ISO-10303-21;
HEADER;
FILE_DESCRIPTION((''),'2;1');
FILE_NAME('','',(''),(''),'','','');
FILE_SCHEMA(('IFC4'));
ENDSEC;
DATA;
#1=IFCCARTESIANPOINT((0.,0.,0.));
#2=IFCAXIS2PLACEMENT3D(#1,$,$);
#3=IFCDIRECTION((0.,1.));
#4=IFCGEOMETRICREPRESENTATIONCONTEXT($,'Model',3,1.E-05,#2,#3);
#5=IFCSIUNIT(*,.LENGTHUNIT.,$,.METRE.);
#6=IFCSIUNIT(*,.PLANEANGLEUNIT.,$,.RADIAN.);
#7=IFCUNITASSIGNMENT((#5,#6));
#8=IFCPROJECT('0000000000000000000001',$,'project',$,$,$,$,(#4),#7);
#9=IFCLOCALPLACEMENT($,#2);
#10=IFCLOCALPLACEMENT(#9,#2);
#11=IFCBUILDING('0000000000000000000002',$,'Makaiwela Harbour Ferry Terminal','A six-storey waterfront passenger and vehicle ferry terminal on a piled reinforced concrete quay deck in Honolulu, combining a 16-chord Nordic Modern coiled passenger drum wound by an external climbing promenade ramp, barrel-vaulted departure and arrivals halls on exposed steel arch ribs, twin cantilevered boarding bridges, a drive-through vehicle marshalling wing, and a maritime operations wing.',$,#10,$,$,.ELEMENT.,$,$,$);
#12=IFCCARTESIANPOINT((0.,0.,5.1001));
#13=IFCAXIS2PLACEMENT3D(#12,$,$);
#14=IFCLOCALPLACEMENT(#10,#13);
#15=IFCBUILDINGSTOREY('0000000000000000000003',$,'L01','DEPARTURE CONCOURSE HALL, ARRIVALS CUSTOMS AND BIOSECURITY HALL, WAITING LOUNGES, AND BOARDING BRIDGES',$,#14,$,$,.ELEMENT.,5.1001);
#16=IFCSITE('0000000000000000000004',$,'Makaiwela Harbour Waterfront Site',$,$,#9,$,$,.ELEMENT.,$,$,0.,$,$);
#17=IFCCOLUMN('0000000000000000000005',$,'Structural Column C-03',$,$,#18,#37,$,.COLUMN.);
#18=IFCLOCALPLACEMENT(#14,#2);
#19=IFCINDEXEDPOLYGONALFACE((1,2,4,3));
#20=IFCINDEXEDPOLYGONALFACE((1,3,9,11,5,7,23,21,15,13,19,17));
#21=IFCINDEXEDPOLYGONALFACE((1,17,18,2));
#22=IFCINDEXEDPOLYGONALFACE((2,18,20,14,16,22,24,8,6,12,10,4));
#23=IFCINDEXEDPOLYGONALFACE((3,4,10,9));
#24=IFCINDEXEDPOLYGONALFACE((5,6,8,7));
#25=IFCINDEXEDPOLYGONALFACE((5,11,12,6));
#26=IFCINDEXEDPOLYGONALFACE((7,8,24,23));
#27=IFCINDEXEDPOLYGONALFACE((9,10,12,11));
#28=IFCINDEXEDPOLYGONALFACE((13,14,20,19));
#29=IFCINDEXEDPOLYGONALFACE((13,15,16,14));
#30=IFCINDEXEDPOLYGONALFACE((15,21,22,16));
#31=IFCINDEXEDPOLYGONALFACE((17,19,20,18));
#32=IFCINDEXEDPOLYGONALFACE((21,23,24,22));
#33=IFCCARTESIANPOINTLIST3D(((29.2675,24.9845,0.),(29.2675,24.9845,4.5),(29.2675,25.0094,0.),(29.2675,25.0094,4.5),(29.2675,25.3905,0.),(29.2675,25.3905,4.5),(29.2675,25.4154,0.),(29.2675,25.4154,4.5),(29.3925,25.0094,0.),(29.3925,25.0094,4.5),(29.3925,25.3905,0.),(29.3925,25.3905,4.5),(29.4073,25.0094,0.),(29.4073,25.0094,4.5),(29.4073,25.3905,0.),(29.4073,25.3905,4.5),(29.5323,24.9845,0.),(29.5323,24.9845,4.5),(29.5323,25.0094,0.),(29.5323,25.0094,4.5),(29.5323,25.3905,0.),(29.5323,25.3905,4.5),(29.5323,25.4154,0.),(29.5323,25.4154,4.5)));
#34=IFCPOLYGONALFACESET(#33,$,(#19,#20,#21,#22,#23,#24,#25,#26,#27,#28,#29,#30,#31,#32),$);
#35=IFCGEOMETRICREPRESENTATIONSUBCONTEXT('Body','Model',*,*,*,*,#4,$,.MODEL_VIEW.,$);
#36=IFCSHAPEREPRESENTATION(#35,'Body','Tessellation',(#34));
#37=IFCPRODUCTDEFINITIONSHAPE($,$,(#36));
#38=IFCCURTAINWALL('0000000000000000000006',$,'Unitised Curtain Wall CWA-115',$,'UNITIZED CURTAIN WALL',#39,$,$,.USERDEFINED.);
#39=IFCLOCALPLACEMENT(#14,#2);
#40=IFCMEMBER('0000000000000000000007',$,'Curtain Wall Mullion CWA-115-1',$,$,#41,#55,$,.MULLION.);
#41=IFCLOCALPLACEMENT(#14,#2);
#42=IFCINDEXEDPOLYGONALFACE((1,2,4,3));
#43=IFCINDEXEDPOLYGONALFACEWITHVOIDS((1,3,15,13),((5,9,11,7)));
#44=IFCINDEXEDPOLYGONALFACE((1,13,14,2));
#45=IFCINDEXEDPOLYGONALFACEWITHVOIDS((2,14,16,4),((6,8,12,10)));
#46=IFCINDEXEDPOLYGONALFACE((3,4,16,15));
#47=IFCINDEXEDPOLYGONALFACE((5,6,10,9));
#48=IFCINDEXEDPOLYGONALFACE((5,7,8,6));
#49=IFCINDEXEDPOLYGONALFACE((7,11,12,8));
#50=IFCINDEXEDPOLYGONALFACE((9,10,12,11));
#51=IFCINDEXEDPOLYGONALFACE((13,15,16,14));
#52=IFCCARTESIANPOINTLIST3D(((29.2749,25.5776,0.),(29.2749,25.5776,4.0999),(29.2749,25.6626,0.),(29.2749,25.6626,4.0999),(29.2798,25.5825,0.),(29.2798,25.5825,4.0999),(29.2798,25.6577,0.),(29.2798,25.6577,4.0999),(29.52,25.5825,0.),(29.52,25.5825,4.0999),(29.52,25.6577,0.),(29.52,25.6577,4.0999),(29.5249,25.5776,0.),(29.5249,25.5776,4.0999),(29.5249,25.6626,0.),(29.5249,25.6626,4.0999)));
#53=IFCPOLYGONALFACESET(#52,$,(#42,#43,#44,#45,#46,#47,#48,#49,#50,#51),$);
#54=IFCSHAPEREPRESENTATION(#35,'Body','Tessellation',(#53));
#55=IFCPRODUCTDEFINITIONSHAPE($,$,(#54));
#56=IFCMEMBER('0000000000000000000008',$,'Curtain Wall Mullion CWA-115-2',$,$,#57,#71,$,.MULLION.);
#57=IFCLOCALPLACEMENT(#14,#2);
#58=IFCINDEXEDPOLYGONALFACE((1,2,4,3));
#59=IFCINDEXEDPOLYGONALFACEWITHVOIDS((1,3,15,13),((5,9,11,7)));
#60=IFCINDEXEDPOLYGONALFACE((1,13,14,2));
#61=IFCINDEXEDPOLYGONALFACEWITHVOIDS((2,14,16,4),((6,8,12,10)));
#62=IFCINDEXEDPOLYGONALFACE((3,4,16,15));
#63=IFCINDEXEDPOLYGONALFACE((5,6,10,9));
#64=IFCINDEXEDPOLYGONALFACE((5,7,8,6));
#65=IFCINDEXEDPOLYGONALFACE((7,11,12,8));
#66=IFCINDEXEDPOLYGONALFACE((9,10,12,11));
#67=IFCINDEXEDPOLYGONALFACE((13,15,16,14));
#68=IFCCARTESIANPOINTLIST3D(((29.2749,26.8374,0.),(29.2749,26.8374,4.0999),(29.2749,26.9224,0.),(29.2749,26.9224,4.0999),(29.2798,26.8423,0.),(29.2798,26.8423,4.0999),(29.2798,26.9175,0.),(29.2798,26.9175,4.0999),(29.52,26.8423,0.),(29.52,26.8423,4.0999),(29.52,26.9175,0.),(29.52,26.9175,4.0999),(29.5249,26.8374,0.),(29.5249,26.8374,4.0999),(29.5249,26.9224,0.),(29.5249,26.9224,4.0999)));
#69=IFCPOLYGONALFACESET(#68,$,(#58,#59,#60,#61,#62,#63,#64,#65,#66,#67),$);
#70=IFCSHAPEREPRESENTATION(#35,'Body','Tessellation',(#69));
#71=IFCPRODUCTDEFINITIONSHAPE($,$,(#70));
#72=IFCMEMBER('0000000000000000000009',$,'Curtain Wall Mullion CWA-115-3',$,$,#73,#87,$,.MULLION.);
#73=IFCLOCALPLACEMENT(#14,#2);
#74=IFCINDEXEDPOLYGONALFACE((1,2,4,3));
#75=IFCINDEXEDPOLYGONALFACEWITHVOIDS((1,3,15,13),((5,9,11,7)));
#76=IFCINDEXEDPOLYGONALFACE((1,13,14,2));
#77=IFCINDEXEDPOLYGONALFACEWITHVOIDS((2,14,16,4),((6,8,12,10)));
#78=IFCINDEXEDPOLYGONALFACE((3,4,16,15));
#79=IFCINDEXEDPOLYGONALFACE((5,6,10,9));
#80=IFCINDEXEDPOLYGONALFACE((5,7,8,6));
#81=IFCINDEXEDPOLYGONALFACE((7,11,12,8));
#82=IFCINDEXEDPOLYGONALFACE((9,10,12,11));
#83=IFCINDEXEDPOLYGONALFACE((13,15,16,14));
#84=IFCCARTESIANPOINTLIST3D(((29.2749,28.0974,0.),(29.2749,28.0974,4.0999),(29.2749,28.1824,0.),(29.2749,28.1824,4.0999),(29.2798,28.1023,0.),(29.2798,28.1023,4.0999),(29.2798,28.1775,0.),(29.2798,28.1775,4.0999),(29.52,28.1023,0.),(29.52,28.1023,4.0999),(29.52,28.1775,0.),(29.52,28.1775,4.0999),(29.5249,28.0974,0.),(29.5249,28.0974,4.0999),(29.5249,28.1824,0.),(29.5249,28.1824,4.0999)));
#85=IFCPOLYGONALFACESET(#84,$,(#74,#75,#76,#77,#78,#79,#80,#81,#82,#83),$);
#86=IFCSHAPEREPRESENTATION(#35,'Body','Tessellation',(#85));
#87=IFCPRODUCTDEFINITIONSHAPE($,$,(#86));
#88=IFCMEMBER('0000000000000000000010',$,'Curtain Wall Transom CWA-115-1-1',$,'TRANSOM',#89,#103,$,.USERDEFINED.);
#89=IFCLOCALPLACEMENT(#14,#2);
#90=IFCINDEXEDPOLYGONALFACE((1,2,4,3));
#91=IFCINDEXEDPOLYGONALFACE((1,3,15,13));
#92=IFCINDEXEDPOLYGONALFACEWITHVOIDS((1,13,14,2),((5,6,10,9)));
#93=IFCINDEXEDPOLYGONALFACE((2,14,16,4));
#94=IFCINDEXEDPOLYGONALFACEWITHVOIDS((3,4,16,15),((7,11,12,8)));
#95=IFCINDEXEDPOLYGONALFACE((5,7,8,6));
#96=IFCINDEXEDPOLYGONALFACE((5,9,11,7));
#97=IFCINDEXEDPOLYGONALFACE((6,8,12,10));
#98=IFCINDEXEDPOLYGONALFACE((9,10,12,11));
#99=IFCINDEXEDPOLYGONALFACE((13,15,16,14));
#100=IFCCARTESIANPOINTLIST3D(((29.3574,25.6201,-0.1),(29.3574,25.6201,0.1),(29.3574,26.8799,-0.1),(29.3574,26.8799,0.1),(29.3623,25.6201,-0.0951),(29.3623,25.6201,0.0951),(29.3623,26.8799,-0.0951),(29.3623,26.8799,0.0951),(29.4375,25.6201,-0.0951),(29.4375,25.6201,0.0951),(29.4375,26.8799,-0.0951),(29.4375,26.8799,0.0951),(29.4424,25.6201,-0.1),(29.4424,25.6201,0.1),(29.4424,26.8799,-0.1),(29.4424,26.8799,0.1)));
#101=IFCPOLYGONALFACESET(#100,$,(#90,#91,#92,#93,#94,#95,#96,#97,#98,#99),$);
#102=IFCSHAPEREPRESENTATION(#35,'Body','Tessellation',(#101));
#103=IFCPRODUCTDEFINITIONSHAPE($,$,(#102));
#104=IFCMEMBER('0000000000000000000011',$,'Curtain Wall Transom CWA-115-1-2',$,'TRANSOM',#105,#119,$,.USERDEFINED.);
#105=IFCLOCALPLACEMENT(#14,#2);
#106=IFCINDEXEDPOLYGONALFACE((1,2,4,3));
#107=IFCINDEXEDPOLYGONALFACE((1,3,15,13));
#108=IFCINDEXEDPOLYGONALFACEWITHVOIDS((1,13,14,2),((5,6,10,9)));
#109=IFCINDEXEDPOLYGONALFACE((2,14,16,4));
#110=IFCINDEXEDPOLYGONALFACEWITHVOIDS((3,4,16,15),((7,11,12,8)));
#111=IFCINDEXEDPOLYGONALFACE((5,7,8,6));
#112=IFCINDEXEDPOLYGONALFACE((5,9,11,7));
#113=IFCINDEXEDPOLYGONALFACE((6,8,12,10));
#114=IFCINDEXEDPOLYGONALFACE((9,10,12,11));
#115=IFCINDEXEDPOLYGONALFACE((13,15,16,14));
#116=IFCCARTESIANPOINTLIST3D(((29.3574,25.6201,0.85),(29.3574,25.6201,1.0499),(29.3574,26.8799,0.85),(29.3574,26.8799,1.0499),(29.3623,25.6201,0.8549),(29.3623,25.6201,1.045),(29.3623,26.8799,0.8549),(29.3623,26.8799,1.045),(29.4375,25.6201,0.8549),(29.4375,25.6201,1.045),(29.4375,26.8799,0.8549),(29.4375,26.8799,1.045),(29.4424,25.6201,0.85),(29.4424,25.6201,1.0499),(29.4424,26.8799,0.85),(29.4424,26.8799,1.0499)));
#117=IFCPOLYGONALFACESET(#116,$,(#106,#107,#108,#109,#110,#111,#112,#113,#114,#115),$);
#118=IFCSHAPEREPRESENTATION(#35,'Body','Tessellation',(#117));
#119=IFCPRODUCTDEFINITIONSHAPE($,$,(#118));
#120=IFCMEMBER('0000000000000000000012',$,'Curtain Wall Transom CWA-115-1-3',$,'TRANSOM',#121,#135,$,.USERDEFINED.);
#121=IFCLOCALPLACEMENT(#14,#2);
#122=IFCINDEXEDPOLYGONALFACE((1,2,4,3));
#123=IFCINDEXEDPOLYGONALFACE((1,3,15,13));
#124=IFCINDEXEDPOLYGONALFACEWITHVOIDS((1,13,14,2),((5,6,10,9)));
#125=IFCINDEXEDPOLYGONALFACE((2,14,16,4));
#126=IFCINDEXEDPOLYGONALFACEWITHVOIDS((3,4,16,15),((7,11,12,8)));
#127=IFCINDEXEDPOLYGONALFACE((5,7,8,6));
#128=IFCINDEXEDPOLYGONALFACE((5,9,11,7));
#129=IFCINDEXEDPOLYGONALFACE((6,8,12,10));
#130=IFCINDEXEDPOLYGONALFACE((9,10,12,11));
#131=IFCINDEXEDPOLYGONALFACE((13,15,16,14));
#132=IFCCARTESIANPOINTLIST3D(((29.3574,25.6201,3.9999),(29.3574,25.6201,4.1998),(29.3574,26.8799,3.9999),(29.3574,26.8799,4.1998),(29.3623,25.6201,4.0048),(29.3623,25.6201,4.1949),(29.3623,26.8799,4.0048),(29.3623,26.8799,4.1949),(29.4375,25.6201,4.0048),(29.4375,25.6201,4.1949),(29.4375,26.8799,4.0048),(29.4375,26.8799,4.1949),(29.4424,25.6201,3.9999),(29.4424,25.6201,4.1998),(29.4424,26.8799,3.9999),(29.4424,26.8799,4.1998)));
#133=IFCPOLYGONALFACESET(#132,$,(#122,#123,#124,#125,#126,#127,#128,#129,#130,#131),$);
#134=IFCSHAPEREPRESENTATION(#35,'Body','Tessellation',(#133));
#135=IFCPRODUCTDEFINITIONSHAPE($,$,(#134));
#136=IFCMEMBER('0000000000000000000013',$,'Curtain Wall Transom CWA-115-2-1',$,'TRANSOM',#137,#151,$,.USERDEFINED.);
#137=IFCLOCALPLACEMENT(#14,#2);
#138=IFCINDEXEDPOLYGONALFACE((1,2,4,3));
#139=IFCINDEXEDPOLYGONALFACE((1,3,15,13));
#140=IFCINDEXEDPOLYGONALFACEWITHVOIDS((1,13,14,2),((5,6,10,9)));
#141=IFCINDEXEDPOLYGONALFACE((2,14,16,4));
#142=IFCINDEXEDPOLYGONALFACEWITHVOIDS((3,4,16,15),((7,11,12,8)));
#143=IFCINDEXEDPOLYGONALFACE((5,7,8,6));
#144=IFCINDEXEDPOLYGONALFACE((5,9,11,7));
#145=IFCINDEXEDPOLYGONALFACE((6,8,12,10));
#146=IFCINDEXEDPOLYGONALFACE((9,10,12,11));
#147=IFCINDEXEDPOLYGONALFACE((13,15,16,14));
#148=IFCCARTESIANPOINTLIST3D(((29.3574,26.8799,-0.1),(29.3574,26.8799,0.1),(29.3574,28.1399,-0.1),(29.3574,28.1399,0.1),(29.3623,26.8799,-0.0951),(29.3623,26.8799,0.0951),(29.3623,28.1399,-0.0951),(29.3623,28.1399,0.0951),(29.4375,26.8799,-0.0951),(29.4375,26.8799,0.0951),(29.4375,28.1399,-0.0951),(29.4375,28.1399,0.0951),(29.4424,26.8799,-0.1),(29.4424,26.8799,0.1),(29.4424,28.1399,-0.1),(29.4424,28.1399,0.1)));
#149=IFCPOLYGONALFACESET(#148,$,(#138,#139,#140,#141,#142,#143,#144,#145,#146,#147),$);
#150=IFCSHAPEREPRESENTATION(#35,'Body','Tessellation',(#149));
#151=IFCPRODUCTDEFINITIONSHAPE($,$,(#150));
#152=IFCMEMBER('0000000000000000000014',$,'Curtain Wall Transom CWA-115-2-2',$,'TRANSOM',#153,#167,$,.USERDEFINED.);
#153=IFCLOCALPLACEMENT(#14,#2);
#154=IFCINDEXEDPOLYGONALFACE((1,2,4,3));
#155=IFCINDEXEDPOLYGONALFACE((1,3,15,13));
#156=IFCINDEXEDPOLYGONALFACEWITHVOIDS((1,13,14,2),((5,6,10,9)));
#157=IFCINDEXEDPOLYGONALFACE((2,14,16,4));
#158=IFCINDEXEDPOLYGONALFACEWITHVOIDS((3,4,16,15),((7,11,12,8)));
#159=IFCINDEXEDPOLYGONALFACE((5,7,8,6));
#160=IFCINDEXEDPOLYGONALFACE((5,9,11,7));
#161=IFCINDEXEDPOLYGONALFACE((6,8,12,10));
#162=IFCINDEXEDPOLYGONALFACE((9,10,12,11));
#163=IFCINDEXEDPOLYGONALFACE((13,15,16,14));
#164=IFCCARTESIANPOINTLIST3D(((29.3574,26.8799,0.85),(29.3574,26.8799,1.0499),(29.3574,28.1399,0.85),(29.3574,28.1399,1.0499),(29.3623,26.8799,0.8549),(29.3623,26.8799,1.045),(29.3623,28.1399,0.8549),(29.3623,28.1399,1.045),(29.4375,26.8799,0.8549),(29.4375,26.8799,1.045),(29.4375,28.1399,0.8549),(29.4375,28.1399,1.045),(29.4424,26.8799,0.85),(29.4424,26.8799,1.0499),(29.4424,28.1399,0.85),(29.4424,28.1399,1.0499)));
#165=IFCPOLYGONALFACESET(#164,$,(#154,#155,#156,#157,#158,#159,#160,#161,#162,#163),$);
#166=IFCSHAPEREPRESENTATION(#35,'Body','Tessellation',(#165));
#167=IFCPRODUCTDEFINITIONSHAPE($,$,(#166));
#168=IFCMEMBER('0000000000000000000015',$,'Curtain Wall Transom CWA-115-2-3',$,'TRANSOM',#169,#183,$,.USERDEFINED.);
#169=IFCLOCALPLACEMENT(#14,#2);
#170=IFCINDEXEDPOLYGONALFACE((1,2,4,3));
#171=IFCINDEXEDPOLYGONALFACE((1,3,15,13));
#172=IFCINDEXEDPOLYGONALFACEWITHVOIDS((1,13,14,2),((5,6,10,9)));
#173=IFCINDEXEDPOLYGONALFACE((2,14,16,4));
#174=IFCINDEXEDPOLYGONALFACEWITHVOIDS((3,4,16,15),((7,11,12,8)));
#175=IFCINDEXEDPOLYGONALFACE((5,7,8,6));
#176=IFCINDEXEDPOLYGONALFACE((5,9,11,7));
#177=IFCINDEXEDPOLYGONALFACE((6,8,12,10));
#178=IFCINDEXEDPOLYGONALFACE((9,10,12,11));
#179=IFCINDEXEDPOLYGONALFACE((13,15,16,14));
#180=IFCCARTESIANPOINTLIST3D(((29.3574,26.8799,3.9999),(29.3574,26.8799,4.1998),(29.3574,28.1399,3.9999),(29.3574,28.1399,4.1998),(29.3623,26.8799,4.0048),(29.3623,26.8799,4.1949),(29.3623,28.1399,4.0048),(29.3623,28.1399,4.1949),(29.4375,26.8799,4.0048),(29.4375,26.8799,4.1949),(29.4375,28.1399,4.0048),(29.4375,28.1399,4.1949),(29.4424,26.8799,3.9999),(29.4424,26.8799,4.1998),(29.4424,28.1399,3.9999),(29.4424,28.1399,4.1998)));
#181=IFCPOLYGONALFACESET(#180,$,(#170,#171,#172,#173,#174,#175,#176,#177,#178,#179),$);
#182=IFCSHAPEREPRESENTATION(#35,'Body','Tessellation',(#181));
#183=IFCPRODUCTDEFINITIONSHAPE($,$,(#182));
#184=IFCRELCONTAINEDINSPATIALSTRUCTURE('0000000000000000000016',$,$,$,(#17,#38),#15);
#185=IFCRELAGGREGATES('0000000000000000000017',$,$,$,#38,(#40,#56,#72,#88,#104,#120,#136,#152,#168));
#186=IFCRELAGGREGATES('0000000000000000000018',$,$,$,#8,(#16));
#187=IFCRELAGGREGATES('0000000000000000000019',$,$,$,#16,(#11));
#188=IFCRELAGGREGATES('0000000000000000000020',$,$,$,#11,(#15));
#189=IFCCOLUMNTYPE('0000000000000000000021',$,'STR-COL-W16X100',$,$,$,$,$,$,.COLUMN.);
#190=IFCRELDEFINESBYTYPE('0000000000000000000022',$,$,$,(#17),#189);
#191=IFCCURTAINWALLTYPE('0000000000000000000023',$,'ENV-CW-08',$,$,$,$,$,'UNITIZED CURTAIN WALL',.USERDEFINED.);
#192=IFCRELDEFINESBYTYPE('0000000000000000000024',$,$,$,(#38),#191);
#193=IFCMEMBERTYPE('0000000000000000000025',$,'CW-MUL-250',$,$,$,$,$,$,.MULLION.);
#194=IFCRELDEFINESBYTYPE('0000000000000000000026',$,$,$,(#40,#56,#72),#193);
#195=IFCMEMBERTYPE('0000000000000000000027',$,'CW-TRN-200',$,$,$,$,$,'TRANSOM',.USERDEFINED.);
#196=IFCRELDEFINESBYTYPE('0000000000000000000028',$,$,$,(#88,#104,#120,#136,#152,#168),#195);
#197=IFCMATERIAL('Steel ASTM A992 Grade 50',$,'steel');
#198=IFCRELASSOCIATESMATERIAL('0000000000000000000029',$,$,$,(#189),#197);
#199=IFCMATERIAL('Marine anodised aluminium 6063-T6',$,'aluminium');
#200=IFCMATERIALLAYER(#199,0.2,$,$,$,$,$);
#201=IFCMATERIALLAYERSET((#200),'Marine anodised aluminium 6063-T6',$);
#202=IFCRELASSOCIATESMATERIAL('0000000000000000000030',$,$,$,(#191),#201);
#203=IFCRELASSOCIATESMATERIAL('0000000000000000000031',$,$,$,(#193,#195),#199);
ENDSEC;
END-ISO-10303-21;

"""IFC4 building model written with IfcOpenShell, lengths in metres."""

from ifc_helpers import new_model, si_unit, direction, frame, origin, origin_2d, place, context, subcontext, project, spatial, hollow_rectangle, i_section, extrude, material, layer, layer_set, material_profile, profile_set, type_object, element, aggregate, save


model = new_model("IFC4")

# Units and contexts
model_context = context("Model", 3, precision=1e-05, world=origin(), true_north=direction((0.0, 1.0)))
body_context = subcontext(model_context, "Body", "Model", "MODEL_VIEW")
ifc_project = project(units=[si_unit("LENGTHUNIT", "METRE"), si_unit("PLANEANGLEUNIT", "RADIAN")], contexts=[model_context])

# Site, building, storey
site_placement = place(None, origin())
site = spatial("IfcSite", under=ifc_project, at=site_placement, Name="Makaiwela Harbour Waterfront Site", CompositionType="ELEMENT", RefElevation=0.0)
building_placement = place(site_placement, origin())
building = spatial("IfcBuilding", under=site, at=building_placement, Name="Makaiwela Harbour Ferry Terminal", Description="A six-storey waterfront passenger and vehicle ferry terminal on a piled reinforced concrete quay deck in Honolulu, combining a 16-chord Nordic Modern coiled passenger drum wound by an external climbing promenade ramp, barrel-vaulted departure and arrivals halls on exposed steel arch ribs, twin cantilevered boarding bridges, a drive-through vehicle marshalling wing, and a maritime operations wing.", CompositionType="ELEMENT")
storey_placement = place(building_placement, frame((0.0, 0.0, 5.1001)))
storey = spatial("IfcBuildingStorey", under=building, at=storey_placement, Name="L01", Description="DEPARTURE CONCOURSE HALL, ARRIVALS CUSTOMS AND BIOSECURITY HALL, WAITING LOUNGES, AND BOARDING BRIDGES", CompositionType="ELEMENT", Elevation=5.1001)

# Column
ifc_material_1 = material(Name="Steel ASTM A992 Grade 50", Category="steel")
ifc_material_profile_1 = material_profile(ifc_material_1, i_section(OverallWidth=0.2649, OverallDepth=0.4309, WebThickness=0.0149, FlangeThickness=0.0249, at=origin_2d()), Name="W16X100")
ifc_profile_set_1 = profile_set([ifc_material_profile_1], Name="Steel ASTM A992 Grade 50")
column_type = type_object("IfcColumnType", Name="STR-COL-W16X100", PredefinedType="COLUMN", material=ifc_profile_set_1)
column_placement = place(storey_placement, frame((29.3999, 25.2, 0.0), z_axis=(0.0, 0.0, 1.0), x_axis=(1.0, 0.0, 0.0)))
element("IfcColumn", 1, at=column_placement, inside=storey, type_object=column_type, Name="Structural Column C-03", PredefinedType="COLUMN", context=body_context, shape_type="SweptSolid", body=[
    extrude(i_section(OverallWidth=0.2649, OverallDepth=0.4309, WebThickness=0.0149, FlangeThickness=0.0249, at=origin_2d()), origin(), (0.0, 0.0, 1.0), 4.5),
])

# Curtain wall, members
ifc_material_2 = material(Name="Marine anodised aluminium 6063-T6", Category="aluminium")
ifc_layer_1 = layer(ifc_material_2, 0.2)
ifc_layer_set_1 = layer_set([ifc_layer_1], Name="Marine anodised aluminium 6063-T6")
curtain_wall_type = type_object("IfcCurtainWallType", Name="ENV-CW-08", ElementType="UNITIZED CURTAIN WALL", PredefinedType="USERDEFINED", material=ifc_layer_set_1)
curtain_wall_placement = place(storey_placement, origin())
curtain_wall = element("IfcCurtainWall", 2, at=curtain_wall_placement, inside=storey, type_object=curtain_wall_type, Name="Unitised Curtain Wall CWA-115", ObjectType="UNITIZED CURTAIN WALL", PredefinedType="USERDEFINED")
ifc_material_profile_2 = material_profile(ifc_material_2, hollow_rectangle(XDim=0.085, YDim=0.25, WallThickness=0.0049, at=origin_2d()), Name="CWM-250X85")
ifc_profile_set_2 = profile_set([ifc_material_profile_2], Name="Marine anodised aluminium 6063-T6")
member_type_1 = type_object("IfcMemberType", Name="CW-MUL-250", PredefinedType="MULLION", material=ifc_profile_set_2)
member_1_placement = place(storey_placement, frame((29.3999, 25.6201, 0.0), z_axis=(0.0, 0.0, 1.0), x_axis=(0.0, 1.0, 0.0)))
member_1 = element("IfcMember", 3, at=member_1_placement, type_object=member_type_1, Name="Curtain Wall Mullion CWA-115-1", PredefinedType="MULLION", context=body_context, shape_type="SweptSolid", body=[
    extrude(hollow_rectangle(XDim=0.085, YDim=0.25, WallThickness=0.0049, at=origin_2d()), origin(), (0.0, 0.0, 1.0), 4.0999),
])
member_2_placement = place(storey_placement, frame((29.3999, 26.8799, 0.0), z_axis=(0.0, 0.0, 1.0), x_axis=(0.0, 1.0, 0.0)))
member_2 = element("IfcMember", 4, at=member_2_placement, type_object=member_type_1, Name="Curtain Wall Mullion CWA-115-2", PredefinedType="MULLION", context=body_context, shape_type="SweptSolid", body=[
    extrude(hollow_rectangle(XDim=0.085, YDim=0.25, WallThickness=0.0049, at=origin_2d()), origin(), (0.0, 0.0, 1.0), 4.0999),
])
member_3_placement = place(storey_placement, frame((29.3999, 28.1399, 0.0), z_axis=(0.0, 0.0, 1.0), x_axis=(0.0, 1.0, 0.0)))
member_3 = element("IfcMember", 5, at=member_3_placement, type_object=member_type_1, Name="Curtain Wall Mullion CWA-115-3", PredefinedType="MULLION", context=body_context, shape_type="SweptSolid", body=[
    extrude(hollow_rectangle(XDim=0.085, YDim=0.25, WallThickness=0.0049, at=origin_2d()), origin(), (0.0, 0.0, 1.0), 4.0999),
])
ifc_material_profile_3 = material_profile(ifc_material_2, hollow_rectangle(XDim=0.085, YDim=0.2, WallThickness=0.0049, at=origin_2d()), Name="CWT-200X85")
ifc_profile_set_3 = profile_set([ifc_material_profile_3], Name="Marine anodised aluminium 6063-T6")
member_type_2 = type_object("IfcMemberType", Name="CW-TRN-200", ElementType="TRANSOM", PredefinedType="USERDEFINED", material=ifc_profile_set_3)
member_4_placement = place(storey_placement, frame((29.3999, 25.6201, 0.0), z_axis=(0.0, 1.0, 0.0), x_axis=(-1.0, 0.0, 0.0)))
member_4 = element("IfcMember", 6, at=member_4_placement, type_object=member_type_2, Name="Curtain Wall Transom CWA-115-1-1", ObjectType="TRANSOM", PredefinedType="USERDEFINED", context=body_context, shape_type="SweptSolid", body=[
    extrude(hollow_rectangle(XDim=0.085, YDim=0.2, WallThickness=0.0049, at=origin_2d()), origin(), (0.0, 0.0, 1.0), 1.2598),
])
member_5_placement = place(storey_placement, frame((29.3999, 25.6201, 0.95), z_axis=(0.0, 1.0, 0.0), x_axis=(-1.0, 0.0, 0.0)))
member_5 = element("IfcMember", 7, at=member_5_placement, type_object=member_type_2, Name="Curtain Wall Transom CWA-115-1-2", ObjectType="TRANSOM", PredefinedType="USERDEFINED", context=body_context, shape_type="SweptSolid", body=[
    extrude(hollow_rectangle(XDim=0.085, YDim=0.2, WallThickness=0.0049, at=origin_2d()), origin(), (0.0, 0.0, 1.0), 1.2598),
])
member_6_placement = place(storey_placement, frame((29.3999, 25.6201, 4.0999), z_axis=(0.0, 1.0, 0.0), x_axis=(-1.0, 0.0, 0.0)))
member_6 = element("IfcMember", 8, at=member_6_placement, type_object=member_type_2, Name="Curtain Wall Transom CWA-115-1-3", ObjectType="TRANSOM", PredefinedType="USERDEFINED", context=body_context, shape_type="SweptSolid", body=[
    extrude(hollow_rectangle(XDim=0.085, YDim=0.2, WallThickness=0.0049, at=origin_2d()), origin(), (0.0, 0.0, 1.0), 1.2598),
])
member_7_placement = place(storey_placement, frame((29.3999, 26.8799, 0.0), z_axis=(0.0, 1.0, 0.0), x_axis=(-1.0, 0.0, 0.0)))
member_7 = element("IfcMember", 9, at=member_7_placement, type_object=member_type_2, Name="Curtain Wall Transom CWA-115-2-1", ObjectType="TRANSOM", PredefinedType="USERDEFINED", context=body_context, shape_type="SweptSolid", body=[
    extrude(hollow_rectangle(XDim=0.085, YDim=0.2, WallThickness=0.0049, at=origin_2d()), origin(), (0.0, 0.0, 1.0), 1.26),
])
member_8_placement = place(storey_placement, frame((29.3999, 26.8799, 0.95), z_axis=(0.0, 1.0, 0.0), x_axis=(-1.0, 0.0, 0.0)))
member_8 = element("IfcMember", 10, at=member_8_placement, type_object=member_type_2, Name="Curtain Wall Transom CWA-115-2-2", ObjectType="TRANSOM", PredefinedType="USERDEFINED", context=body_context, shape_type="SweptSolid", body=[
    extrude(hollow_rectangle(XDim=0.085, YDim=0.2, WallThickness=0.0049, at=origin_2d()), origin(), (0.0, 0.0, 1.0), 1.26),
])
member_9_placement = place(storey_placement, frame((29.3999, 26.8799, 4.0999), z_axis=(0.0, 1.0, 0.0), x_axis=(-1.0, 0.0, 0.0)))
member_9 = element("IfcMember", 11, at=member_9_placement, type_object=member_type_2, Name="Curtain Wall Transom CWA-115-2-3", ObjectType="TRANSOM", PredefinedType="USERDEFINED", context=body_context, shape_type="SweptSolid", body=[
    extrude(hollow_rectangle(XDim=0.085, YDim=0.2, WallThickness=0.0049, at=origin_2d()), origin(), (0.0, 0.0, 1.0), 1.26),
])

aggregate(curtain_wall, [member_1, member_2, member_3, member_4, member_5, member_6, member_7, member_8, member_9])

save(model, "model.ifc")
